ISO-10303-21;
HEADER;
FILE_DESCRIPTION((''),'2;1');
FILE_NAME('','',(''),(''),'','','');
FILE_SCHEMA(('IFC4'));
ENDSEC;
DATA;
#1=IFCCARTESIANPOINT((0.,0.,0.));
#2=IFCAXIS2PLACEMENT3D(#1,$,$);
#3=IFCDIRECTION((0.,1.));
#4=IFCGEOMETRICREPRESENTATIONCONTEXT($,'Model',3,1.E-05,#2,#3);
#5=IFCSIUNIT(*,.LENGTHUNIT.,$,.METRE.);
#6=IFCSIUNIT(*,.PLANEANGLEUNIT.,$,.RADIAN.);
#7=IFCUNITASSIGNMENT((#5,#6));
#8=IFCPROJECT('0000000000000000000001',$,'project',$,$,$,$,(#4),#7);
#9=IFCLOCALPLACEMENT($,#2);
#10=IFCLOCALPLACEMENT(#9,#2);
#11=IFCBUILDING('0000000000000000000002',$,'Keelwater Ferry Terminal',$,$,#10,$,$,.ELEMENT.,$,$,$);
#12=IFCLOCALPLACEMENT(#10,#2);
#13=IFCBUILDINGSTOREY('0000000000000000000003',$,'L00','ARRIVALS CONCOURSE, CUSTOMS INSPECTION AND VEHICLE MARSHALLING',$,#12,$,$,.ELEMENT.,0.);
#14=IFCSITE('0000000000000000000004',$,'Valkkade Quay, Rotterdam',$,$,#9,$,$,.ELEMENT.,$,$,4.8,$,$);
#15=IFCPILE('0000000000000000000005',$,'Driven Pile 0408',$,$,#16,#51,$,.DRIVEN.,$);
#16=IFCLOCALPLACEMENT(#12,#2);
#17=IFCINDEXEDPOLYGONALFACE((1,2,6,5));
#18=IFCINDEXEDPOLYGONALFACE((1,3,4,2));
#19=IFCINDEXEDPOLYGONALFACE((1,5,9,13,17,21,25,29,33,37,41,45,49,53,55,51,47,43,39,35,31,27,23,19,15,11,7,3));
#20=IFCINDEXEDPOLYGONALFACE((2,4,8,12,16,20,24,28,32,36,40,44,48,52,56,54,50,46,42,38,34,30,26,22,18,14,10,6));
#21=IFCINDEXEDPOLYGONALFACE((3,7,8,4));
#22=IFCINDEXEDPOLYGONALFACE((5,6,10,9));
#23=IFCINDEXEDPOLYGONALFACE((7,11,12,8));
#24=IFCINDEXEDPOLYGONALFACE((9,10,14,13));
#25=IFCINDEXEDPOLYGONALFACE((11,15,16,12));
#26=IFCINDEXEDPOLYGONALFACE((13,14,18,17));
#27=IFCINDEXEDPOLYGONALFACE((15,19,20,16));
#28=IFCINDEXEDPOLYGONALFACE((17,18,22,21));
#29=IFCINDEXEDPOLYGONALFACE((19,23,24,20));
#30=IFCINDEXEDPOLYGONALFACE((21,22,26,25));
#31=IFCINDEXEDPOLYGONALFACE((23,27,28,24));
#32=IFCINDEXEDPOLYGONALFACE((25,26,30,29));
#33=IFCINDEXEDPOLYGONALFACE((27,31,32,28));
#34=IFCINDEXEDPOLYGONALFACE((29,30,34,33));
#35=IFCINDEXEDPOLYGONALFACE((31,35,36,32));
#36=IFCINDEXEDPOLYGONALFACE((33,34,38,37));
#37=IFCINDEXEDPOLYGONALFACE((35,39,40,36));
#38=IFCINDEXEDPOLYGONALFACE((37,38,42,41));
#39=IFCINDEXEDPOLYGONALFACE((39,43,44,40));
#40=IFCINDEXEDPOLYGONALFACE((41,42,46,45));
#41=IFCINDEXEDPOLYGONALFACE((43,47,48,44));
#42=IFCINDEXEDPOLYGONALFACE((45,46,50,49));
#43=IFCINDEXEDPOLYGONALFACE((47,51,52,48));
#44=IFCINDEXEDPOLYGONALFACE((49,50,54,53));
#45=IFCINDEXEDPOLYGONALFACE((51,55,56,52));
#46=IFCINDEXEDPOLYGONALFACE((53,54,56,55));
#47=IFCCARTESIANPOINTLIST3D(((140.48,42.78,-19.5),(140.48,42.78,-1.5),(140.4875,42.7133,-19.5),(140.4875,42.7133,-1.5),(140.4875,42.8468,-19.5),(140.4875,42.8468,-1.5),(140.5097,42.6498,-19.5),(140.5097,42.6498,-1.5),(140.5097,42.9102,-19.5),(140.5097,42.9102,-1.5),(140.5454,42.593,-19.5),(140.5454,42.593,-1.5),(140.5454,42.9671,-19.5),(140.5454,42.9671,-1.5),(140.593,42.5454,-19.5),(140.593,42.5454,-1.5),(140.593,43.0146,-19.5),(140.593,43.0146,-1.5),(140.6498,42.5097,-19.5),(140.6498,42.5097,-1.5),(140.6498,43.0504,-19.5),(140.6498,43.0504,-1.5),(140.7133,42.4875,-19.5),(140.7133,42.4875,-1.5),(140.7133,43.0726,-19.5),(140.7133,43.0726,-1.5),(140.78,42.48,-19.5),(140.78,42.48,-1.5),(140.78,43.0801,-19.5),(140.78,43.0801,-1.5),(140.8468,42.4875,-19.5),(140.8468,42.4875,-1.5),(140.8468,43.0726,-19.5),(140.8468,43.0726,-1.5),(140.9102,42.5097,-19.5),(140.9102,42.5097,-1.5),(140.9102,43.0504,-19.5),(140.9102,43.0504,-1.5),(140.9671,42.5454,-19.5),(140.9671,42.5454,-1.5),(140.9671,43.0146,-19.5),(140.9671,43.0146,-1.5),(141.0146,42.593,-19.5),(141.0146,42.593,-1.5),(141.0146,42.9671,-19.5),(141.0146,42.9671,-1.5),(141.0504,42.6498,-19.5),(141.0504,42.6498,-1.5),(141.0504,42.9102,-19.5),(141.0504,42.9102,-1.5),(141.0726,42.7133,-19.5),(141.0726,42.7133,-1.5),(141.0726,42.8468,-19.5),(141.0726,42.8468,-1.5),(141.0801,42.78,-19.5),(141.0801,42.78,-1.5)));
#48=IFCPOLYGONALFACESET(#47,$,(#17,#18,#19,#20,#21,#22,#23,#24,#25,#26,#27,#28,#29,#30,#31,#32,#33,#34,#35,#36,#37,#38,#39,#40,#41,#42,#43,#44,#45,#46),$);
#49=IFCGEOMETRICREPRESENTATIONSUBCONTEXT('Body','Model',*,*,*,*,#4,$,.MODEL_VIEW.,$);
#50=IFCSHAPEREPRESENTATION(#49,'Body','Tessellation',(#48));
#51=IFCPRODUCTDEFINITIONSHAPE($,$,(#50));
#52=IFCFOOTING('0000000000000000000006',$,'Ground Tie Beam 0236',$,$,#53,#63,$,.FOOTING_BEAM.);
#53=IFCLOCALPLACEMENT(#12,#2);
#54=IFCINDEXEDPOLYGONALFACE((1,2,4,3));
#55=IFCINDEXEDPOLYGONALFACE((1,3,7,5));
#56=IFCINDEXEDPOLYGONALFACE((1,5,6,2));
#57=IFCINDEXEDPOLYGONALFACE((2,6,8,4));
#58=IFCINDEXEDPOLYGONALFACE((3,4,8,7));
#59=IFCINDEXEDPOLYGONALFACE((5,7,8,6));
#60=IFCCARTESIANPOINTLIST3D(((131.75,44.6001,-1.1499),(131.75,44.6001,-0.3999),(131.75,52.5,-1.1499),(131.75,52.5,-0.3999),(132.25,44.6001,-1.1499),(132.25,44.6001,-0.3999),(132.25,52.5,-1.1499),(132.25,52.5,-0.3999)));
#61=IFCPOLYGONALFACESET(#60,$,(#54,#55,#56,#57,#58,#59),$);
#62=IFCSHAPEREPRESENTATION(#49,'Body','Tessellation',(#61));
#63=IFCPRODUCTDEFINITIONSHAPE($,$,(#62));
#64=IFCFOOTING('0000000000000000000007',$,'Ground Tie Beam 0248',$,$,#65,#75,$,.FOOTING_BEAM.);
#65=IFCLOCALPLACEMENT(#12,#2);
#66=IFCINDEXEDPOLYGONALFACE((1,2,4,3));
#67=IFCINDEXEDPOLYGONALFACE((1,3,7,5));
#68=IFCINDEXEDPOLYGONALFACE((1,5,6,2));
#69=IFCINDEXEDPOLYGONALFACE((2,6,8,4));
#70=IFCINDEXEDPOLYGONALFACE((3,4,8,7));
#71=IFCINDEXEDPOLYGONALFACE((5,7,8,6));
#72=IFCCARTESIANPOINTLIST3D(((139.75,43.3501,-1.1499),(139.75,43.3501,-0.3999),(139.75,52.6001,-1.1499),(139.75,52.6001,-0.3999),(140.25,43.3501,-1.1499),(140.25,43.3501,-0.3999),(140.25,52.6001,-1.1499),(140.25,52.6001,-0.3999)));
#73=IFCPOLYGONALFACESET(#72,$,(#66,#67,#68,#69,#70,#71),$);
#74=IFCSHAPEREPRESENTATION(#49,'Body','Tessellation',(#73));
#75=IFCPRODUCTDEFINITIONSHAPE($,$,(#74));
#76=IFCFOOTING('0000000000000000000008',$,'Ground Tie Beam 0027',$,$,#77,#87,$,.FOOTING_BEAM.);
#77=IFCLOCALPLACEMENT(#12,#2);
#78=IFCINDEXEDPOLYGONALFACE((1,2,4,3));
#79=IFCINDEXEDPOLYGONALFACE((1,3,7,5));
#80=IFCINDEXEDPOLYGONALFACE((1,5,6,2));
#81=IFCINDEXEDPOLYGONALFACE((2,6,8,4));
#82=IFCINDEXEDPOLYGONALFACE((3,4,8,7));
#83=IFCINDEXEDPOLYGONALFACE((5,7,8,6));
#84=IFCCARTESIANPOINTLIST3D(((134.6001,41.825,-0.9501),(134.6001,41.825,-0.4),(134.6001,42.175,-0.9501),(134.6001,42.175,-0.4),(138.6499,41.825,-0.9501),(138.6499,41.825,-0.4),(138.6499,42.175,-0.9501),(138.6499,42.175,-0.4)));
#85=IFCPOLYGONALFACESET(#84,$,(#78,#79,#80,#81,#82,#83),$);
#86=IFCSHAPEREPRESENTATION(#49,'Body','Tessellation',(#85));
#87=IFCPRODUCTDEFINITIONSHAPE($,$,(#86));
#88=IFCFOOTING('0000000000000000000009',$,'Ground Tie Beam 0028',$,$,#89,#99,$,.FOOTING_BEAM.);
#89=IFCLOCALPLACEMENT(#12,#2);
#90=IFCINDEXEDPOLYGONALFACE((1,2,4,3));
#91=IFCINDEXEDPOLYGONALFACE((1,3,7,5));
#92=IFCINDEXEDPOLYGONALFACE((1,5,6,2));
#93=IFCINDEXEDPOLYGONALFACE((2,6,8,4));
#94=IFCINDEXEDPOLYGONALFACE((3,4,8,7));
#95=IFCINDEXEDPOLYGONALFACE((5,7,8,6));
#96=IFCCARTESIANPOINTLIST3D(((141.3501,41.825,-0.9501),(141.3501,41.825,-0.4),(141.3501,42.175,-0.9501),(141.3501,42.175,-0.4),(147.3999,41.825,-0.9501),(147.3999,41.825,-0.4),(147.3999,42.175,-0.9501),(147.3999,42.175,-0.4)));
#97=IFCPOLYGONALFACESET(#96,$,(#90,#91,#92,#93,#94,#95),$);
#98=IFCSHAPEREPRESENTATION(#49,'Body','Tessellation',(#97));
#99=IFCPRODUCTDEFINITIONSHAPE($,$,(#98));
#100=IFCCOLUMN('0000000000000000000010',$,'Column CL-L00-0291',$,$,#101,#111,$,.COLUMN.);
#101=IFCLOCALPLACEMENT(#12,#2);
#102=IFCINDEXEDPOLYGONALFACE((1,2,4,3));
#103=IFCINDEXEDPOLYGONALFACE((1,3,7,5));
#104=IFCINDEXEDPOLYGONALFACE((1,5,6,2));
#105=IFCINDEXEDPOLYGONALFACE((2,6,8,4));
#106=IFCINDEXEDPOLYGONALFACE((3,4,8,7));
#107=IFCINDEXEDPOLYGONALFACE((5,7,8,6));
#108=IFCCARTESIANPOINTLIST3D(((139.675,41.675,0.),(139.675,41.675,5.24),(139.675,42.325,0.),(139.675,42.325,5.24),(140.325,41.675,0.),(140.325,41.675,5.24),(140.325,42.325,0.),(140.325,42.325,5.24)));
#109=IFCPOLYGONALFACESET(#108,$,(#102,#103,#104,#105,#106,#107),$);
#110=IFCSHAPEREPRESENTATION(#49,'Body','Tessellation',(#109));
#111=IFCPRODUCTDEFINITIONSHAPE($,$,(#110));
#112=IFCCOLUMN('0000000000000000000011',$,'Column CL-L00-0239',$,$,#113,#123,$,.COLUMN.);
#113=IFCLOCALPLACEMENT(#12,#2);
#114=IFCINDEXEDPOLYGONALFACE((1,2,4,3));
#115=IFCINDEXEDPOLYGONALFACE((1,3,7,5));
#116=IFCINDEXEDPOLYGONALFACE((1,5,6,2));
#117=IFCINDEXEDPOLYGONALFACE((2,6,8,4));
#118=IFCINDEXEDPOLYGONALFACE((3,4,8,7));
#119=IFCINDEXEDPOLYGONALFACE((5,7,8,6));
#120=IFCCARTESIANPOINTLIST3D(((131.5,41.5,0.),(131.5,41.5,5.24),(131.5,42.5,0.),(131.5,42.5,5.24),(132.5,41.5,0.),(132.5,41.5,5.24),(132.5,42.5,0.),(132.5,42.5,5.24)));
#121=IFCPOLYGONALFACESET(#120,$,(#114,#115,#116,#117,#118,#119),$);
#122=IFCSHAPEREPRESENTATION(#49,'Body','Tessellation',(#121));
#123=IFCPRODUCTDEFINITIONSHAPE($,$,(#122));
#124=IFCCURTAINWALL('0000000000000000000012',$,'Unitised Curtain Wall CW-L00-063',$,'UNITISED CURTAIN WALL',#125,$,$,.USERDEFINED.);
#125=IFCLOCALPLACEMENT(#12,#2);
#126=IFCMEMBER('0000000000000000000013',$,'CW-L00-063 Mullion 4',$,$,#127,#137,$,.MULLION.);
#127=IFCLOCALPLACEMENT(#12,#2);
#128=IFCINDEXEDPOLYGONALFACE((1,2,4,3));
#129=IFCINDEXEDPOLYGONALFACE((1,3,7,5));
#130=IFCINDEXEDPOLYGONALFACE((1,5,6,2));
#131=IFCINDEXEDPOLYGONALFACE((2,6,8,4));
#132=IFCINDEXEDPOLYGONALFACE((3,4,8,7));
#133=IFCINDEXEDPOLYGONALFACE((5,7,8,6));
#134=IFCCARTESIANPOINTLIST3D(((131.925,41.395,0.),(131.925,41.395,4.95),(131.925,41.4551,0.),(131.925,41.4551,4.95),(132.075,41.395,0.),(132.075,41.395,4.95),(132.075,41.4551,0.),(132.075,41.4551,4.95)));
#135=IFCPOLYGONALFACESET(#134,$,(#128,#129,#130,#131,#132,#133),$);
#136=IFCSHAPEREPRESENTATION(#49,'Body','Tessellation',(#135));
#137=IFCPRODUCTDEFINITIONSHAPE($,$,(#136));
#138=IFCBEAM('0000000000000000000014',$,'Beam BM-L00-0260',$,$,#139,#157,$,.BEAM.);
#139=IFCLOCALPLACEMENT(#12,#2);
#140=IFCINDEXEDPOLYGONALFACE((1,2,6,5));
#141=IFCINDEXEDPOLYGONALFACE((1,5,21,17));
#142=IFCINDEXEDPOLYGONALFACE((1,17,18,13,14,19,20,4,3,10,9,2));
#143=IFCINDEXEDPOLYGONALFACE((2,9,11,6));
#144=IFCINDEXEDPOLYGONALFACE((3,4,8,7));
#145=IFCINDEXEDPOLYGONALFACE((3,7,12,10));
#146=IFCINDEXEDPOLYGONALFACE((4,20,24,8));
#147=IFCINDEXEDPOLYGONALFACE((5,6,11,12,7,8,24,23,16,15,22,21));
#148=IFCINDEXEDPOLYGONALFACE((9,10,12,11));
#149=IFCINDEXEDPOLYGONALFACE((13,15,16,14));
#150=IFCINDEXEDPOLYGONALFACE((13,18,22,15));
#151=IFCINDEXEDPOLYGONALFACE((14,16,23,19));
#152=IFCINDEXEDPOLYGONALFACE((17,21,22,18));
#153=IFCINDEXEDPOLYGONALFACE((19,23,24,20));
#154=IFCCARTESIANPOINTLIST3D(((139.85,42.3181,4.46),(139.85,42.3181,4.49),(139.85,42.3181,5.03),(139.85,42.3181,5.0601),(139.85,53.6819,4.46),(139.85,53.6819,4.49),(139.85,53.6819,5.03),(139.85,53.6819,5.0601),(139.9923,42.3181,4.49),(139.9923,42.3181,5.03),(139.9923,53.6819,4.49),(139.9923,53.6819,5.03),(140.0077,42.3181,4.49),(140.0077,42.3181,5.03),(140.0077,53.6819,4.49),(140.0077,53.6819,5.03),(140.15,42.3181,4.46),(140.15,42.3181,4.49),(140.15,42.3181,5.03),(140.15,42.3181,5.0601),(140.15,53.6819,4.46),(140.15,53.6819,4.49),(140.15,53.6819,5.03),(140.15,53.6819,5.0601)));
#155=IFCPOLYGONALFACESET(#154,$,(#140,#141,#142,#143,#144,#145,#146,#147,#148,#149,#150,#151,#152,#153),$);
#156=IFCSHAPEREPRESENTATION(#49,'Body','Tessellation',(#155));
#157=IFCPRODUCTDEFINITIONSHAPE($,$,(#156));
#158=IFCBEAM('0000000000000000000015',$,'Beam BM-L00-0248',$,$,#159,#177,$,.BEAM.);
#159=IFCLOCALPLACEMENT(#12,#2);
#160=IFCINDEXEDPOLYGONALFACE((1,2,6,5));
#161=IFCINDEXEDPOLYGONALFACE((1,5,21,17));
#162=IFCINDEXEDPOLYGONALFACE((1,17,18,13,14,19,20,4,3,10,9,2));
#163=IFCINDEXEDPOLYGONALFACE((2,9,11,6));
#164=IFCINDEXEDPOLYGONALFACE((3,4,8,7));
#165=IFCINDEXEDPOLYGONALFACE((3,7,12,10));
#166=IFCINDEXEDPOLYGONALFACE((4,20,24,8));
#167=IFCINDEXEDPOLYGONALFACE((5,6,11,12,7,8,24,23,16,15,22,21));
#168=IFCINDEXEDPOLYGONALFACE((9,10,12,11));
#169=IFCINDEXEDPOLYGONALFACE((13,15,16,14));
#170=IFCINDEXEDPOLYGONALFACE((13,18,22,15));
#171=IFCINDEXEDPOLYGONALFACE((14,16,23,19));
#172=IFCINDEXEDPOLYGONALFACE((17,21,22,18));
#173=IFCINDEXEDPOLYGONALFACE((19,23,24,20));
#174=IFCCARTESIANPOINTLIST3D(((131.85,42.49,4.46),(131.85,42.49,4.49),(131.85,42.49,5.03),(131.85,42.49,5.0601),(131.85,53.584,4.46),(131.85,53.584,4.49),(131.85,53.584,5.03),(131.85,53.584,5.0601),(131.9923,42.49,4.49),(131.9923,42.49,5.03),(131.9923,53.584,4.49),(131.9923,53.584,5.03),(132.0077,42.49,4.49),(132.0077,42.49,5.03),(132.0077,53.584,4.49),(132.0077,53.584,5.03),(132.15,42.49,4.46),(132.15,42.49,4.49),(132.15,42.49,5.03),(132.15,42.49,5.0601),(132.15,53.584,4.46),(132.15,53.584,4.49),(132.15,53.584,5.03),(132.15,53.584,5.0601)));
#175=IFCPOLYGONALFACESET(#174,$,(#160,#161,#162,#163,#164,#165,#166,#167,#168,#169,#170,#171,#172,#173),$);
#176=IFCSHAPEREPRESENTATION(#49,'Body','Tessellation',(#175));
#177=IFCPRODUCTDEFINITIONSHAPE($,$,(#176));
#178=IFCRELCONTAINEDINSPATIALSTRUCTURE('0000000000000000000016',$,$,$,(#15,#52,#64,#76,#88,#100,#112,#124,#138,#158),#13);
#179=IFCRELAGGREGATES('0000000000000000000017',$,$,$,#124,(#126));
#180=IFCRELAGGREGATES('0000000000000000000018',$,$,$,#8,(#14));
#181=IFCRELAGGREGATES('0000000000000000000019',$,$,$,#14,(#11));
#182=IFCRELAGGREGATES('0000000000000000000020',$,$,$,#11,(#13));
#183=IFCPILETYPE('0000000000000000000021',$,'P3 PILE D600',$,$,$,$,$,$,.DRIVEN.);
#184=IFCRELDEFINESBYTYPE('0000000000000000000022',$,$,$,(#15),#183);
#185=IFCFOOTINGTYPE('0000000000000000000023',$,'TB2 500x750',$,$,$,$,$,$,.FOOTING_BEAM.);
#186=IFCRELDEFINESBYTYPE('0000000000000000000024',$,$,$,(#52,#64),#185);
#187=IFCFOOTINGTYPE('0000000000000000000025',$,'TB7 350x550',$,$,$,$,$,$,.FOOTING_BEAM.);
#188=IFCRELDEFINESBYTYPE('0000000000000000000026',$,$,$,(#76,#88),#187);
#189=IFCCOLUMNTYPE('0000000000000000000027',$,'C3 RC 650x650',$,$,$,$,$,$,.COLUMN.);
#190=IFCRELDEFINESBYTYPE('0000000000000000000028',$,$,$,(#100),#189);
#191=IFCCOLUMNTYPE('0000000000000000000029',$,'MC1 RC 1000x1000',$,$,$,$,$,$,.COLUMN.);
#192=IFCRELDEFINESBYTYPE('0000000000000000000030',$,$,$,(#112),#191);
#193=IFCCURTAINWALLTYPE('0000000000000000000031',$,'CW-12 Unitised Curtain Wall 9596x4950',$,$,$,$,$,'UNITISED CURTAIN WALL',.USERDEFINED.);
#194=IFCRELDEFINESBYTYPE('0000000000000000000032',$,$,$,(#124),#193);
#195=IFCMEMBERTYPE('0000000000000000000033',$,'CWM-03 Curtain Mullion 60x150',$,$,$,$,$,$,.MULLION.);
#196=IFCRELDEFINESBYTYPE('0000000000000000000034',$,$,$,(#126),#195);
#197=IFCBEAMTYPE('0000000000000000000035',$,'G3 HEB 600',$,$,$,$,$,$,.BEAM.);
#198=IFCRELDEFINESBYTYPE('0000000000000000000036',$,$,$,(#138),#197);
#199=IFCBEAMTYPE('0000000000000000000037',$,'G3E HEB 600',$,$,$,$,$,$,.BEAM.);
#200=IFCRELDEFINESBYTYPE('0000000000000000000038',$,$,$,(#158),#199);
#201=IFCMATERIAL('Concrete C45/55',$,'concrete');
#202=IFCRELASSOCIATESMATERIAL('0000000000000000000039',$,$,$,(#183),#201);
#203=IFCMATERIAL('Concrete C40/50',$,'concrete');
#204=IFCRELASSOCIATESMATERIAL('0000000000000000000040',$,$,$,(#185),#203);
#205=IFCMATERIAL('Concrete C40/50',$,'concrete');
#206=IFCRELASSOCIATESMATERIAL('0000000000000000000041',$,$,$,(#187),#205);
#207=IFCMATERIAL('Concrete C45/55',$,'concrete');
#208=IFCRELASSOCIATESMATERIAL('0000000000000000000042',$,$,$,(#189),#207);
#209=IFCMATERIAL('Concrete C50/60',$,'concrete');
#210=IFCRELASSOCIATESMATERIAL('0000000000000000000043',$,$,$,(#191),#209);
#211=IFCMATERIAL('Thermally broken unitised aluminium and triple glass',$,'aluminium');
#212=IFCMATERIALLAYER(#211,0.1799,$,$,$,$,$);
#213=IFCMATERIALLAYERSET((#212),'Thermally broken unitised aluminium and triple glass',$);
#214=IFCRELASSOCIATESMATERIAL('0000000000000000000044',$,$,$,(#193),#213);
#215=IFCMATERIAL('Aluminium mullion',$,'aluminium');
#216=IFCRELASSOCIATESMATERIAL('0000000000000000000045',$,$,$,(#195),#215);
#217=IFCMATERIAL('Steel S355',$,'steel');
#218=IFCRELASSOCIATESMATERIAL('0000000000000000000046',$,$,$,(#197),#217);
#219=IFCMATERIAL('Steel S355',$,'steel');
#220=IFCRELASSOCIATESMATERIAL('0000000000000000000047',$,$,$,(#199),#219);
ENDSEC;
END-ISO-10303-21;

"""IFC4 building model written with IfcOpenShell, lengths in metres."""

from ifc_helpers import new_model, si_unit, direction, frame, origin, origin_2d, place, context, subcontext, project, spatial, rectangle, circle, i_section, extrude, material, layer, layer_set, material_profile, profile_set, type_object, element, aggregate, save


model = new_model("IFC4")

# Units and contexts
model_context = context("Model", 3, precision=1e-05, world=origin(), true_north=direction((0.0, 1.0)))
body_context = subcontext(model_context, "Body", "Model", "MODEL_VIEW")
ifc_project = project(units=[si_unit("LENGTHUNIT", "METRE"), si_unit("PLANEANGLEUNIT", "RADIAN")], contexts=[model_context])

# Site, building, storey
site_placement = place(None, origin())
site = spatial("IfcSite", under=ifc_project, at=site_placement, Name="Valkkade Quay, Rotterdam", CompositionType="ELEMENT", RefElevation=4.8)
building_placement = place(site_placement, origin())
building = spatial("IfcBuilding", under=site, at=building_placement, Name="Keelwater Ferry Terminal", CompositionType="ELEMENT")
storey_placement = place(building_placement, origin())
storey = spatial("IfcBuildingStorey", under=building, at=storey_placement, Name="L00", Description="ARRIVALS CONCOURSE, CUSTOMS INSPECTION AND VEHICLE MARSHALLING", CompositionType="ELEMENT", Elevation=0.0)

# Pile
ifc_material_1 = material(Name="Concrete C45/55", Category="concrete")
ifc_material_profile_1 = material_profile(ifc_material_1, circle(Radius=0.3, at=origin_2d()), Name="PILE D600")
ifc_profile_set_1 = profile_set([ifc_material_profile_1], Name="Concrete C45/55")
pile_type_1 = type_object("IfcPileType", Name="P3 PILE D600", PredefinedType="DRIVEN", material=ifc_profile_set_1)
for number, where, z_axis, x_axis, name in (
    (1, (140.78, 42.78, -1.5), (0.0, 0.0, -1.0), (1.0, 0.0, 0.0), "Driven Pile 0408"),
):
    element("IfcPile", number, at=place(storey_placement, frame(where, z_axis=z_axis, x_axis=x_axis)), inside=storey, type_object=pile_type_1, Name=name, PredefinedType="DRIVEN", context=body_context, shape_type="SweptSolid", body=[
        extrude(circle(Radius=0.3, at=origin_2d()), origin(), (0.0, 0.0, 1.0), 18.0),
    ])

# Footings
ifc_material_2 = material(Name="Concrete C40/50", Category="concrete")
ifc_material_profile_2 = material_profile(ifc_material_2, rectangle(XDim=0.5, YDim=0.75, at=origin_2d()), Name="TB 500x750")
ifc_profile_set_2 = profile_set([ifc_material_profile_2], Name="Concrete C40/50")
footing_type_1 = type_object("IfcFootingType", Name="TB2 500x750", PredefinedType="FOOTING_BEAM", material=ifc_profile_set_2)
footing_1_placement = place(storey_placement, frame((132.0, 44.6001, -0.7749), z_axis=(0.0, 1.0, 0.0), x_axis=(-1.0, 0.0, 0.0)))
element("IfcFooting", 2, at=footing_1_placement, inside=storey, type_object=footing_type_1, Name="Ground Tie Beam 0236", PredefinedType="FOOTING_BEAM", context=body_context, shape_type="SweptSolid", body=[
    extrude(rectangle(XDim=0.5, YDim=0.75, at=origin_2d()), origin(), (0.0, 0.0, 1.0), 7.8999),
])
footing_2_placement = place(storey_placement, frame((140.0, 43.3501, -0.7749), z_axis=(0.0, 1.0, 0.0), x_axis=(-1.0, 0.0, 0.0)))
element("IfcFooting", 3, at=footing_2_placement, inside=storey, type_object=footing_type_1, Name="Ground Tie Beam 0248", PredefinedType="FOOTING_BEAM", context=body_context, shape_type="SweptSolid", body=[
    extrude(rectangle(XDim=0.5, YDim=0.75, at=origin_2d()), origin(), (0.0, 0.0, 1.0), 9.25),
])
ifc_material_3 = material(Name="Concrete C40/50", Category="concrete")
ifc_material_profile_3 = material_profile(ifc_material_3, rectangle(XDim=0.3501, YDim=0.55, at=origin_2d()), Name="TB 350x550")
ifc_profile_set_3 = profile_set([ifc_material_profile_3], Name="Concrete C40/50")
footing_type_2 = type_object("IfcFootingType", Name="TB7 350x550", PredefinedType="FOOTING_BEAM", material=ifc_profile_set_3)
footing_3_placement = place(storey_placement, frame((134.6001, 42.0, -0.675), z_axis=(1.0, 0.0, 0.0), x_axis=(0.0, 1.0, 0.0)))
element("IfcFooting", 4, at=footing_3_placement, inside=storey, type_object=footing_type_2, Name="Ground Tie Beam 0027", PredefinedType="FOOTING_BEAM", context=body_context, shape_type="SweptSolid", body=[
    extrude(rectangle(XDim=0.3501, YDim=0.55, at=origin_2d()), origin(), (0.0, 0.0, 1.0), 4.0498),
])
footing_4_placement = place(storey_placement, frame((141.3501, 42.0, -0.675), z_axis=(1.0, 0.0, 0.0), x_axis=(0.0, 1.0, 0.0)))
element("IfcFooting", 5, at=footing_4_placement, inside=storey, type_object=footing_type_2, Name="Ground Tie Beam 0028", PredefinedType="FOOTING_BEAM", context=body_context, shape_type="SweptSolid", body=[
    extrude(rectangle(XDim=0.3501, YDim=0.55, at=origin_2d()), origin(), (0.0, 0.0, 1.0), 6.0498),
])

# Columns
ifc_material_4 = material(Name="Concrete C45/55", Category="concrete")
ifc_material_profile_4 = material_profile(ifc_material_4, rectangle(XDim=0.6499, YDim=0.6499, at=origin_2d()), Name="RC 650x650")
ifc_profile_set_4 = profile_set([ifc_material_profile_4], Name="Concrete C45/55")
column_type_1 = type_object("IfcColumnType", Name="C3 RC 650x650", PredefinedType="COLUMN", material=ifc_profile_set_4)
column_1_placement = place(storey_placement, frame((140.0, 42.0, 0.0), z_axis=(0.0, 0.0, 1.0), x_axis=(1.0, 0.0, 0.0)))
element("IfcColumn", 6, at=column_1_placement, inside=storey, type_object=column_type_1, Name="Column CL-L00-0291", PredefinedType="COLUMN", context=body_context, shape_type="SweptSolid", body=[
    extrude(rectangle(XDim=0.6499, YDim=0.6499, at=origin_2d()), origin(), (0.0, 0.0, 1.0), 5.24),
])
ifc_material_5 = material(Name="Concrete C50/60", Category="concrete")
ifc_material_profile_5 = material_profile(ifc_material_5, rectangle(XDim=1.0, YDim=1.0, at=origin_2d()), Name="RC 1000x1000")
ifc_profile_set_5 = profile_set([ifc_material_profile_5], Name="Concrete C50/60")
column_type_2 = type_object("IfcColumnType", Name="MC1 RC 1000x1000", PredefinedType="COLUMN", material=ifc_profile_set_5)
column_2_placement = place(storey_placement, frame((132.0, 42.0, 0.0), z_axis=(0.0, 0.0, 1.0), x_axis=(1.0, 0.0, 0.0)))
element("IfcColumn", 7, at=column_2_placement, inside=storey, type_object=column_type_2, Name="Column CL-L00-0239", PredefinedType="COLUMN", context=body_context, shape_type="SweptSolid", body=[
    extrude(rectangle(XDim=1.0, YDim=1.0, at=origin_2d()), origin(), (0.0, 0.0, 1.0), 5.24),
])

# Curtain wall, member
ifc_material_6 = material(Name="Thermally broken unitised aluminium and triple glass", Category="aluminium")
ifc_layer_1 = layer(ifc_material_6, 0.1799)
ifc_layer_set_1 = layer_set([ifc_layer_1], Name="Thermally broken unitised aluminium and triple glass")
curtain_wall_type = type_object("IfcCurtainWallType", Name="CW-12 Unitised Curtain Wall 9596x4950", ElementType="UNITISED CURTAIN WALL", PredefinedType="USERDEFINED", material=ifc_layer_set_1)
curtain_wall_placement = place(storey_placement, origin())
curtain_wall = element("IfcCurtainWall", 8, at=curtain_wall_placement, inside=storey, type_object=curtain_wall_type, Name="Unitised Curtain Wall CW-L00-063", ObjectType="UNITISED CURTAIN WALL", PredefinedType="USERDEFINED")
ifc_material_7 = material(Name="Aluminium mullion", Category="aluminium")
ifc_material_profile_6 = material_profile(ifc_material_7, rectangle(XDim=0.0601, YDim=0.1499, at=origin_2d()), Name="CWM-03")
ifc_profile_set_6 = profile_set([ifc_material_profile_6], Name="Aluminium mullion")
member_type = type_object("IfcMemberType", Name="CWM-03 Curtain Mullion 60x150", PredefinedType="MULLION", material=ifc_profile_set_6)
member_placement = place(storey_placement, frame((132.0, 41.425, 0.0), z_axis=(0.0, 0.0, 1.0), x_axis=(0.0, 1.0, 0.0)))
member = element("IfcMember", 9, at=member_placement, type_object=member_type, Name="CW-L00-063 Mullion 4", PredefinedType="MULLION", context=body_context, shape_type="SweptSolid", body=[
    extrude(rectangle(XDim=0.0601, YDim=0.1499, at=origin_2d()), origin(), (0.0, 0.0, 1.0), 4.95),
])
aggregate(curtain_wall, [member])

# Beams
ifc_material_8 = material(Name="Steel S355", Category="steel")
ifc_material_profile_7 = material_profile(ifc_material_8, i_section(OverallWidth=0.3, OverallDepth=0.6001, WebThickness=0.0154, FlangeThickness=0.03, at=origin_2d()), Name="HEB 600")
ifc_profile_set_7 = profile_set([ifc_material_profile_7], Name="Steel S355")
beam_type_1 = type_object("IfcBeamType", Name="G3 HEB 600", PredefinedType="BEAM", material=ifc_profile_set_7)
beam_1_placement = place(storey_placement, frame((140.0, 42.3181, 4.76), z_axis=(0.0, 1.0, 0.0), x_axis=(-1.0, 0.0, 0.0)))
element("IfcBeam", 10, at=beam_1_placement, inside=storey, type_object=beam_type_1, Name="Beam BM-L00-0260", PredefinedType="BEAM", context=body_context, shape_type="SweptSolid", body=[
    extrude(i_section(OverallWidth=0.3, OverallDepth=0.6001, WebThickness=0.0154, FlangeThickness=0.03, at=origin_2d()), origin(), (0.0, 0.0, 1.0), 11.3638),
])
ifc_material_9 = material(Name="Steel S355", Category="steel")
ifc_material_profile_8 = material_profile(ifc_material_9, i_section(OverallWidth=0.3, OverallDepth=0.6001, WebThickness=0.0154, FlangeThickness=0.03, at=origin_2d()), Name="HEB 600")
ifc_profile_set_8 = profile_set([ifc_material_profile_8], Name="Steel S355")
beam_type_2 = type_object("IfcBeamType", Name="G3E HEB 600", PredefinedType="BEAM", material=ifc_profile_set_8)
beam_2_placement = place(storey_placement, frame((132.0, 42.49, 4.76), z_axis=(0.0, 1.0, 0.0), x_axis=(-1.0, 0.0, 0.0)))
element("IfcBeam", 11, at=beam_2_placement, inside=storey, type_object=beam_type_2, Name="Beam BM-L00-0248", PredefinedType="BEAM", context=body_context, shape_type="SweptSolid", body=[
    extrude(i_section(OverallWidth=0.3, OverallDepth=0.6001, WebThickness=0.0154, FlangeThickness=0.03, at=origin_2d()), origin(), (0.0, 0.0, 1.0), 11.094),
])

save(model, "model.ifc")
